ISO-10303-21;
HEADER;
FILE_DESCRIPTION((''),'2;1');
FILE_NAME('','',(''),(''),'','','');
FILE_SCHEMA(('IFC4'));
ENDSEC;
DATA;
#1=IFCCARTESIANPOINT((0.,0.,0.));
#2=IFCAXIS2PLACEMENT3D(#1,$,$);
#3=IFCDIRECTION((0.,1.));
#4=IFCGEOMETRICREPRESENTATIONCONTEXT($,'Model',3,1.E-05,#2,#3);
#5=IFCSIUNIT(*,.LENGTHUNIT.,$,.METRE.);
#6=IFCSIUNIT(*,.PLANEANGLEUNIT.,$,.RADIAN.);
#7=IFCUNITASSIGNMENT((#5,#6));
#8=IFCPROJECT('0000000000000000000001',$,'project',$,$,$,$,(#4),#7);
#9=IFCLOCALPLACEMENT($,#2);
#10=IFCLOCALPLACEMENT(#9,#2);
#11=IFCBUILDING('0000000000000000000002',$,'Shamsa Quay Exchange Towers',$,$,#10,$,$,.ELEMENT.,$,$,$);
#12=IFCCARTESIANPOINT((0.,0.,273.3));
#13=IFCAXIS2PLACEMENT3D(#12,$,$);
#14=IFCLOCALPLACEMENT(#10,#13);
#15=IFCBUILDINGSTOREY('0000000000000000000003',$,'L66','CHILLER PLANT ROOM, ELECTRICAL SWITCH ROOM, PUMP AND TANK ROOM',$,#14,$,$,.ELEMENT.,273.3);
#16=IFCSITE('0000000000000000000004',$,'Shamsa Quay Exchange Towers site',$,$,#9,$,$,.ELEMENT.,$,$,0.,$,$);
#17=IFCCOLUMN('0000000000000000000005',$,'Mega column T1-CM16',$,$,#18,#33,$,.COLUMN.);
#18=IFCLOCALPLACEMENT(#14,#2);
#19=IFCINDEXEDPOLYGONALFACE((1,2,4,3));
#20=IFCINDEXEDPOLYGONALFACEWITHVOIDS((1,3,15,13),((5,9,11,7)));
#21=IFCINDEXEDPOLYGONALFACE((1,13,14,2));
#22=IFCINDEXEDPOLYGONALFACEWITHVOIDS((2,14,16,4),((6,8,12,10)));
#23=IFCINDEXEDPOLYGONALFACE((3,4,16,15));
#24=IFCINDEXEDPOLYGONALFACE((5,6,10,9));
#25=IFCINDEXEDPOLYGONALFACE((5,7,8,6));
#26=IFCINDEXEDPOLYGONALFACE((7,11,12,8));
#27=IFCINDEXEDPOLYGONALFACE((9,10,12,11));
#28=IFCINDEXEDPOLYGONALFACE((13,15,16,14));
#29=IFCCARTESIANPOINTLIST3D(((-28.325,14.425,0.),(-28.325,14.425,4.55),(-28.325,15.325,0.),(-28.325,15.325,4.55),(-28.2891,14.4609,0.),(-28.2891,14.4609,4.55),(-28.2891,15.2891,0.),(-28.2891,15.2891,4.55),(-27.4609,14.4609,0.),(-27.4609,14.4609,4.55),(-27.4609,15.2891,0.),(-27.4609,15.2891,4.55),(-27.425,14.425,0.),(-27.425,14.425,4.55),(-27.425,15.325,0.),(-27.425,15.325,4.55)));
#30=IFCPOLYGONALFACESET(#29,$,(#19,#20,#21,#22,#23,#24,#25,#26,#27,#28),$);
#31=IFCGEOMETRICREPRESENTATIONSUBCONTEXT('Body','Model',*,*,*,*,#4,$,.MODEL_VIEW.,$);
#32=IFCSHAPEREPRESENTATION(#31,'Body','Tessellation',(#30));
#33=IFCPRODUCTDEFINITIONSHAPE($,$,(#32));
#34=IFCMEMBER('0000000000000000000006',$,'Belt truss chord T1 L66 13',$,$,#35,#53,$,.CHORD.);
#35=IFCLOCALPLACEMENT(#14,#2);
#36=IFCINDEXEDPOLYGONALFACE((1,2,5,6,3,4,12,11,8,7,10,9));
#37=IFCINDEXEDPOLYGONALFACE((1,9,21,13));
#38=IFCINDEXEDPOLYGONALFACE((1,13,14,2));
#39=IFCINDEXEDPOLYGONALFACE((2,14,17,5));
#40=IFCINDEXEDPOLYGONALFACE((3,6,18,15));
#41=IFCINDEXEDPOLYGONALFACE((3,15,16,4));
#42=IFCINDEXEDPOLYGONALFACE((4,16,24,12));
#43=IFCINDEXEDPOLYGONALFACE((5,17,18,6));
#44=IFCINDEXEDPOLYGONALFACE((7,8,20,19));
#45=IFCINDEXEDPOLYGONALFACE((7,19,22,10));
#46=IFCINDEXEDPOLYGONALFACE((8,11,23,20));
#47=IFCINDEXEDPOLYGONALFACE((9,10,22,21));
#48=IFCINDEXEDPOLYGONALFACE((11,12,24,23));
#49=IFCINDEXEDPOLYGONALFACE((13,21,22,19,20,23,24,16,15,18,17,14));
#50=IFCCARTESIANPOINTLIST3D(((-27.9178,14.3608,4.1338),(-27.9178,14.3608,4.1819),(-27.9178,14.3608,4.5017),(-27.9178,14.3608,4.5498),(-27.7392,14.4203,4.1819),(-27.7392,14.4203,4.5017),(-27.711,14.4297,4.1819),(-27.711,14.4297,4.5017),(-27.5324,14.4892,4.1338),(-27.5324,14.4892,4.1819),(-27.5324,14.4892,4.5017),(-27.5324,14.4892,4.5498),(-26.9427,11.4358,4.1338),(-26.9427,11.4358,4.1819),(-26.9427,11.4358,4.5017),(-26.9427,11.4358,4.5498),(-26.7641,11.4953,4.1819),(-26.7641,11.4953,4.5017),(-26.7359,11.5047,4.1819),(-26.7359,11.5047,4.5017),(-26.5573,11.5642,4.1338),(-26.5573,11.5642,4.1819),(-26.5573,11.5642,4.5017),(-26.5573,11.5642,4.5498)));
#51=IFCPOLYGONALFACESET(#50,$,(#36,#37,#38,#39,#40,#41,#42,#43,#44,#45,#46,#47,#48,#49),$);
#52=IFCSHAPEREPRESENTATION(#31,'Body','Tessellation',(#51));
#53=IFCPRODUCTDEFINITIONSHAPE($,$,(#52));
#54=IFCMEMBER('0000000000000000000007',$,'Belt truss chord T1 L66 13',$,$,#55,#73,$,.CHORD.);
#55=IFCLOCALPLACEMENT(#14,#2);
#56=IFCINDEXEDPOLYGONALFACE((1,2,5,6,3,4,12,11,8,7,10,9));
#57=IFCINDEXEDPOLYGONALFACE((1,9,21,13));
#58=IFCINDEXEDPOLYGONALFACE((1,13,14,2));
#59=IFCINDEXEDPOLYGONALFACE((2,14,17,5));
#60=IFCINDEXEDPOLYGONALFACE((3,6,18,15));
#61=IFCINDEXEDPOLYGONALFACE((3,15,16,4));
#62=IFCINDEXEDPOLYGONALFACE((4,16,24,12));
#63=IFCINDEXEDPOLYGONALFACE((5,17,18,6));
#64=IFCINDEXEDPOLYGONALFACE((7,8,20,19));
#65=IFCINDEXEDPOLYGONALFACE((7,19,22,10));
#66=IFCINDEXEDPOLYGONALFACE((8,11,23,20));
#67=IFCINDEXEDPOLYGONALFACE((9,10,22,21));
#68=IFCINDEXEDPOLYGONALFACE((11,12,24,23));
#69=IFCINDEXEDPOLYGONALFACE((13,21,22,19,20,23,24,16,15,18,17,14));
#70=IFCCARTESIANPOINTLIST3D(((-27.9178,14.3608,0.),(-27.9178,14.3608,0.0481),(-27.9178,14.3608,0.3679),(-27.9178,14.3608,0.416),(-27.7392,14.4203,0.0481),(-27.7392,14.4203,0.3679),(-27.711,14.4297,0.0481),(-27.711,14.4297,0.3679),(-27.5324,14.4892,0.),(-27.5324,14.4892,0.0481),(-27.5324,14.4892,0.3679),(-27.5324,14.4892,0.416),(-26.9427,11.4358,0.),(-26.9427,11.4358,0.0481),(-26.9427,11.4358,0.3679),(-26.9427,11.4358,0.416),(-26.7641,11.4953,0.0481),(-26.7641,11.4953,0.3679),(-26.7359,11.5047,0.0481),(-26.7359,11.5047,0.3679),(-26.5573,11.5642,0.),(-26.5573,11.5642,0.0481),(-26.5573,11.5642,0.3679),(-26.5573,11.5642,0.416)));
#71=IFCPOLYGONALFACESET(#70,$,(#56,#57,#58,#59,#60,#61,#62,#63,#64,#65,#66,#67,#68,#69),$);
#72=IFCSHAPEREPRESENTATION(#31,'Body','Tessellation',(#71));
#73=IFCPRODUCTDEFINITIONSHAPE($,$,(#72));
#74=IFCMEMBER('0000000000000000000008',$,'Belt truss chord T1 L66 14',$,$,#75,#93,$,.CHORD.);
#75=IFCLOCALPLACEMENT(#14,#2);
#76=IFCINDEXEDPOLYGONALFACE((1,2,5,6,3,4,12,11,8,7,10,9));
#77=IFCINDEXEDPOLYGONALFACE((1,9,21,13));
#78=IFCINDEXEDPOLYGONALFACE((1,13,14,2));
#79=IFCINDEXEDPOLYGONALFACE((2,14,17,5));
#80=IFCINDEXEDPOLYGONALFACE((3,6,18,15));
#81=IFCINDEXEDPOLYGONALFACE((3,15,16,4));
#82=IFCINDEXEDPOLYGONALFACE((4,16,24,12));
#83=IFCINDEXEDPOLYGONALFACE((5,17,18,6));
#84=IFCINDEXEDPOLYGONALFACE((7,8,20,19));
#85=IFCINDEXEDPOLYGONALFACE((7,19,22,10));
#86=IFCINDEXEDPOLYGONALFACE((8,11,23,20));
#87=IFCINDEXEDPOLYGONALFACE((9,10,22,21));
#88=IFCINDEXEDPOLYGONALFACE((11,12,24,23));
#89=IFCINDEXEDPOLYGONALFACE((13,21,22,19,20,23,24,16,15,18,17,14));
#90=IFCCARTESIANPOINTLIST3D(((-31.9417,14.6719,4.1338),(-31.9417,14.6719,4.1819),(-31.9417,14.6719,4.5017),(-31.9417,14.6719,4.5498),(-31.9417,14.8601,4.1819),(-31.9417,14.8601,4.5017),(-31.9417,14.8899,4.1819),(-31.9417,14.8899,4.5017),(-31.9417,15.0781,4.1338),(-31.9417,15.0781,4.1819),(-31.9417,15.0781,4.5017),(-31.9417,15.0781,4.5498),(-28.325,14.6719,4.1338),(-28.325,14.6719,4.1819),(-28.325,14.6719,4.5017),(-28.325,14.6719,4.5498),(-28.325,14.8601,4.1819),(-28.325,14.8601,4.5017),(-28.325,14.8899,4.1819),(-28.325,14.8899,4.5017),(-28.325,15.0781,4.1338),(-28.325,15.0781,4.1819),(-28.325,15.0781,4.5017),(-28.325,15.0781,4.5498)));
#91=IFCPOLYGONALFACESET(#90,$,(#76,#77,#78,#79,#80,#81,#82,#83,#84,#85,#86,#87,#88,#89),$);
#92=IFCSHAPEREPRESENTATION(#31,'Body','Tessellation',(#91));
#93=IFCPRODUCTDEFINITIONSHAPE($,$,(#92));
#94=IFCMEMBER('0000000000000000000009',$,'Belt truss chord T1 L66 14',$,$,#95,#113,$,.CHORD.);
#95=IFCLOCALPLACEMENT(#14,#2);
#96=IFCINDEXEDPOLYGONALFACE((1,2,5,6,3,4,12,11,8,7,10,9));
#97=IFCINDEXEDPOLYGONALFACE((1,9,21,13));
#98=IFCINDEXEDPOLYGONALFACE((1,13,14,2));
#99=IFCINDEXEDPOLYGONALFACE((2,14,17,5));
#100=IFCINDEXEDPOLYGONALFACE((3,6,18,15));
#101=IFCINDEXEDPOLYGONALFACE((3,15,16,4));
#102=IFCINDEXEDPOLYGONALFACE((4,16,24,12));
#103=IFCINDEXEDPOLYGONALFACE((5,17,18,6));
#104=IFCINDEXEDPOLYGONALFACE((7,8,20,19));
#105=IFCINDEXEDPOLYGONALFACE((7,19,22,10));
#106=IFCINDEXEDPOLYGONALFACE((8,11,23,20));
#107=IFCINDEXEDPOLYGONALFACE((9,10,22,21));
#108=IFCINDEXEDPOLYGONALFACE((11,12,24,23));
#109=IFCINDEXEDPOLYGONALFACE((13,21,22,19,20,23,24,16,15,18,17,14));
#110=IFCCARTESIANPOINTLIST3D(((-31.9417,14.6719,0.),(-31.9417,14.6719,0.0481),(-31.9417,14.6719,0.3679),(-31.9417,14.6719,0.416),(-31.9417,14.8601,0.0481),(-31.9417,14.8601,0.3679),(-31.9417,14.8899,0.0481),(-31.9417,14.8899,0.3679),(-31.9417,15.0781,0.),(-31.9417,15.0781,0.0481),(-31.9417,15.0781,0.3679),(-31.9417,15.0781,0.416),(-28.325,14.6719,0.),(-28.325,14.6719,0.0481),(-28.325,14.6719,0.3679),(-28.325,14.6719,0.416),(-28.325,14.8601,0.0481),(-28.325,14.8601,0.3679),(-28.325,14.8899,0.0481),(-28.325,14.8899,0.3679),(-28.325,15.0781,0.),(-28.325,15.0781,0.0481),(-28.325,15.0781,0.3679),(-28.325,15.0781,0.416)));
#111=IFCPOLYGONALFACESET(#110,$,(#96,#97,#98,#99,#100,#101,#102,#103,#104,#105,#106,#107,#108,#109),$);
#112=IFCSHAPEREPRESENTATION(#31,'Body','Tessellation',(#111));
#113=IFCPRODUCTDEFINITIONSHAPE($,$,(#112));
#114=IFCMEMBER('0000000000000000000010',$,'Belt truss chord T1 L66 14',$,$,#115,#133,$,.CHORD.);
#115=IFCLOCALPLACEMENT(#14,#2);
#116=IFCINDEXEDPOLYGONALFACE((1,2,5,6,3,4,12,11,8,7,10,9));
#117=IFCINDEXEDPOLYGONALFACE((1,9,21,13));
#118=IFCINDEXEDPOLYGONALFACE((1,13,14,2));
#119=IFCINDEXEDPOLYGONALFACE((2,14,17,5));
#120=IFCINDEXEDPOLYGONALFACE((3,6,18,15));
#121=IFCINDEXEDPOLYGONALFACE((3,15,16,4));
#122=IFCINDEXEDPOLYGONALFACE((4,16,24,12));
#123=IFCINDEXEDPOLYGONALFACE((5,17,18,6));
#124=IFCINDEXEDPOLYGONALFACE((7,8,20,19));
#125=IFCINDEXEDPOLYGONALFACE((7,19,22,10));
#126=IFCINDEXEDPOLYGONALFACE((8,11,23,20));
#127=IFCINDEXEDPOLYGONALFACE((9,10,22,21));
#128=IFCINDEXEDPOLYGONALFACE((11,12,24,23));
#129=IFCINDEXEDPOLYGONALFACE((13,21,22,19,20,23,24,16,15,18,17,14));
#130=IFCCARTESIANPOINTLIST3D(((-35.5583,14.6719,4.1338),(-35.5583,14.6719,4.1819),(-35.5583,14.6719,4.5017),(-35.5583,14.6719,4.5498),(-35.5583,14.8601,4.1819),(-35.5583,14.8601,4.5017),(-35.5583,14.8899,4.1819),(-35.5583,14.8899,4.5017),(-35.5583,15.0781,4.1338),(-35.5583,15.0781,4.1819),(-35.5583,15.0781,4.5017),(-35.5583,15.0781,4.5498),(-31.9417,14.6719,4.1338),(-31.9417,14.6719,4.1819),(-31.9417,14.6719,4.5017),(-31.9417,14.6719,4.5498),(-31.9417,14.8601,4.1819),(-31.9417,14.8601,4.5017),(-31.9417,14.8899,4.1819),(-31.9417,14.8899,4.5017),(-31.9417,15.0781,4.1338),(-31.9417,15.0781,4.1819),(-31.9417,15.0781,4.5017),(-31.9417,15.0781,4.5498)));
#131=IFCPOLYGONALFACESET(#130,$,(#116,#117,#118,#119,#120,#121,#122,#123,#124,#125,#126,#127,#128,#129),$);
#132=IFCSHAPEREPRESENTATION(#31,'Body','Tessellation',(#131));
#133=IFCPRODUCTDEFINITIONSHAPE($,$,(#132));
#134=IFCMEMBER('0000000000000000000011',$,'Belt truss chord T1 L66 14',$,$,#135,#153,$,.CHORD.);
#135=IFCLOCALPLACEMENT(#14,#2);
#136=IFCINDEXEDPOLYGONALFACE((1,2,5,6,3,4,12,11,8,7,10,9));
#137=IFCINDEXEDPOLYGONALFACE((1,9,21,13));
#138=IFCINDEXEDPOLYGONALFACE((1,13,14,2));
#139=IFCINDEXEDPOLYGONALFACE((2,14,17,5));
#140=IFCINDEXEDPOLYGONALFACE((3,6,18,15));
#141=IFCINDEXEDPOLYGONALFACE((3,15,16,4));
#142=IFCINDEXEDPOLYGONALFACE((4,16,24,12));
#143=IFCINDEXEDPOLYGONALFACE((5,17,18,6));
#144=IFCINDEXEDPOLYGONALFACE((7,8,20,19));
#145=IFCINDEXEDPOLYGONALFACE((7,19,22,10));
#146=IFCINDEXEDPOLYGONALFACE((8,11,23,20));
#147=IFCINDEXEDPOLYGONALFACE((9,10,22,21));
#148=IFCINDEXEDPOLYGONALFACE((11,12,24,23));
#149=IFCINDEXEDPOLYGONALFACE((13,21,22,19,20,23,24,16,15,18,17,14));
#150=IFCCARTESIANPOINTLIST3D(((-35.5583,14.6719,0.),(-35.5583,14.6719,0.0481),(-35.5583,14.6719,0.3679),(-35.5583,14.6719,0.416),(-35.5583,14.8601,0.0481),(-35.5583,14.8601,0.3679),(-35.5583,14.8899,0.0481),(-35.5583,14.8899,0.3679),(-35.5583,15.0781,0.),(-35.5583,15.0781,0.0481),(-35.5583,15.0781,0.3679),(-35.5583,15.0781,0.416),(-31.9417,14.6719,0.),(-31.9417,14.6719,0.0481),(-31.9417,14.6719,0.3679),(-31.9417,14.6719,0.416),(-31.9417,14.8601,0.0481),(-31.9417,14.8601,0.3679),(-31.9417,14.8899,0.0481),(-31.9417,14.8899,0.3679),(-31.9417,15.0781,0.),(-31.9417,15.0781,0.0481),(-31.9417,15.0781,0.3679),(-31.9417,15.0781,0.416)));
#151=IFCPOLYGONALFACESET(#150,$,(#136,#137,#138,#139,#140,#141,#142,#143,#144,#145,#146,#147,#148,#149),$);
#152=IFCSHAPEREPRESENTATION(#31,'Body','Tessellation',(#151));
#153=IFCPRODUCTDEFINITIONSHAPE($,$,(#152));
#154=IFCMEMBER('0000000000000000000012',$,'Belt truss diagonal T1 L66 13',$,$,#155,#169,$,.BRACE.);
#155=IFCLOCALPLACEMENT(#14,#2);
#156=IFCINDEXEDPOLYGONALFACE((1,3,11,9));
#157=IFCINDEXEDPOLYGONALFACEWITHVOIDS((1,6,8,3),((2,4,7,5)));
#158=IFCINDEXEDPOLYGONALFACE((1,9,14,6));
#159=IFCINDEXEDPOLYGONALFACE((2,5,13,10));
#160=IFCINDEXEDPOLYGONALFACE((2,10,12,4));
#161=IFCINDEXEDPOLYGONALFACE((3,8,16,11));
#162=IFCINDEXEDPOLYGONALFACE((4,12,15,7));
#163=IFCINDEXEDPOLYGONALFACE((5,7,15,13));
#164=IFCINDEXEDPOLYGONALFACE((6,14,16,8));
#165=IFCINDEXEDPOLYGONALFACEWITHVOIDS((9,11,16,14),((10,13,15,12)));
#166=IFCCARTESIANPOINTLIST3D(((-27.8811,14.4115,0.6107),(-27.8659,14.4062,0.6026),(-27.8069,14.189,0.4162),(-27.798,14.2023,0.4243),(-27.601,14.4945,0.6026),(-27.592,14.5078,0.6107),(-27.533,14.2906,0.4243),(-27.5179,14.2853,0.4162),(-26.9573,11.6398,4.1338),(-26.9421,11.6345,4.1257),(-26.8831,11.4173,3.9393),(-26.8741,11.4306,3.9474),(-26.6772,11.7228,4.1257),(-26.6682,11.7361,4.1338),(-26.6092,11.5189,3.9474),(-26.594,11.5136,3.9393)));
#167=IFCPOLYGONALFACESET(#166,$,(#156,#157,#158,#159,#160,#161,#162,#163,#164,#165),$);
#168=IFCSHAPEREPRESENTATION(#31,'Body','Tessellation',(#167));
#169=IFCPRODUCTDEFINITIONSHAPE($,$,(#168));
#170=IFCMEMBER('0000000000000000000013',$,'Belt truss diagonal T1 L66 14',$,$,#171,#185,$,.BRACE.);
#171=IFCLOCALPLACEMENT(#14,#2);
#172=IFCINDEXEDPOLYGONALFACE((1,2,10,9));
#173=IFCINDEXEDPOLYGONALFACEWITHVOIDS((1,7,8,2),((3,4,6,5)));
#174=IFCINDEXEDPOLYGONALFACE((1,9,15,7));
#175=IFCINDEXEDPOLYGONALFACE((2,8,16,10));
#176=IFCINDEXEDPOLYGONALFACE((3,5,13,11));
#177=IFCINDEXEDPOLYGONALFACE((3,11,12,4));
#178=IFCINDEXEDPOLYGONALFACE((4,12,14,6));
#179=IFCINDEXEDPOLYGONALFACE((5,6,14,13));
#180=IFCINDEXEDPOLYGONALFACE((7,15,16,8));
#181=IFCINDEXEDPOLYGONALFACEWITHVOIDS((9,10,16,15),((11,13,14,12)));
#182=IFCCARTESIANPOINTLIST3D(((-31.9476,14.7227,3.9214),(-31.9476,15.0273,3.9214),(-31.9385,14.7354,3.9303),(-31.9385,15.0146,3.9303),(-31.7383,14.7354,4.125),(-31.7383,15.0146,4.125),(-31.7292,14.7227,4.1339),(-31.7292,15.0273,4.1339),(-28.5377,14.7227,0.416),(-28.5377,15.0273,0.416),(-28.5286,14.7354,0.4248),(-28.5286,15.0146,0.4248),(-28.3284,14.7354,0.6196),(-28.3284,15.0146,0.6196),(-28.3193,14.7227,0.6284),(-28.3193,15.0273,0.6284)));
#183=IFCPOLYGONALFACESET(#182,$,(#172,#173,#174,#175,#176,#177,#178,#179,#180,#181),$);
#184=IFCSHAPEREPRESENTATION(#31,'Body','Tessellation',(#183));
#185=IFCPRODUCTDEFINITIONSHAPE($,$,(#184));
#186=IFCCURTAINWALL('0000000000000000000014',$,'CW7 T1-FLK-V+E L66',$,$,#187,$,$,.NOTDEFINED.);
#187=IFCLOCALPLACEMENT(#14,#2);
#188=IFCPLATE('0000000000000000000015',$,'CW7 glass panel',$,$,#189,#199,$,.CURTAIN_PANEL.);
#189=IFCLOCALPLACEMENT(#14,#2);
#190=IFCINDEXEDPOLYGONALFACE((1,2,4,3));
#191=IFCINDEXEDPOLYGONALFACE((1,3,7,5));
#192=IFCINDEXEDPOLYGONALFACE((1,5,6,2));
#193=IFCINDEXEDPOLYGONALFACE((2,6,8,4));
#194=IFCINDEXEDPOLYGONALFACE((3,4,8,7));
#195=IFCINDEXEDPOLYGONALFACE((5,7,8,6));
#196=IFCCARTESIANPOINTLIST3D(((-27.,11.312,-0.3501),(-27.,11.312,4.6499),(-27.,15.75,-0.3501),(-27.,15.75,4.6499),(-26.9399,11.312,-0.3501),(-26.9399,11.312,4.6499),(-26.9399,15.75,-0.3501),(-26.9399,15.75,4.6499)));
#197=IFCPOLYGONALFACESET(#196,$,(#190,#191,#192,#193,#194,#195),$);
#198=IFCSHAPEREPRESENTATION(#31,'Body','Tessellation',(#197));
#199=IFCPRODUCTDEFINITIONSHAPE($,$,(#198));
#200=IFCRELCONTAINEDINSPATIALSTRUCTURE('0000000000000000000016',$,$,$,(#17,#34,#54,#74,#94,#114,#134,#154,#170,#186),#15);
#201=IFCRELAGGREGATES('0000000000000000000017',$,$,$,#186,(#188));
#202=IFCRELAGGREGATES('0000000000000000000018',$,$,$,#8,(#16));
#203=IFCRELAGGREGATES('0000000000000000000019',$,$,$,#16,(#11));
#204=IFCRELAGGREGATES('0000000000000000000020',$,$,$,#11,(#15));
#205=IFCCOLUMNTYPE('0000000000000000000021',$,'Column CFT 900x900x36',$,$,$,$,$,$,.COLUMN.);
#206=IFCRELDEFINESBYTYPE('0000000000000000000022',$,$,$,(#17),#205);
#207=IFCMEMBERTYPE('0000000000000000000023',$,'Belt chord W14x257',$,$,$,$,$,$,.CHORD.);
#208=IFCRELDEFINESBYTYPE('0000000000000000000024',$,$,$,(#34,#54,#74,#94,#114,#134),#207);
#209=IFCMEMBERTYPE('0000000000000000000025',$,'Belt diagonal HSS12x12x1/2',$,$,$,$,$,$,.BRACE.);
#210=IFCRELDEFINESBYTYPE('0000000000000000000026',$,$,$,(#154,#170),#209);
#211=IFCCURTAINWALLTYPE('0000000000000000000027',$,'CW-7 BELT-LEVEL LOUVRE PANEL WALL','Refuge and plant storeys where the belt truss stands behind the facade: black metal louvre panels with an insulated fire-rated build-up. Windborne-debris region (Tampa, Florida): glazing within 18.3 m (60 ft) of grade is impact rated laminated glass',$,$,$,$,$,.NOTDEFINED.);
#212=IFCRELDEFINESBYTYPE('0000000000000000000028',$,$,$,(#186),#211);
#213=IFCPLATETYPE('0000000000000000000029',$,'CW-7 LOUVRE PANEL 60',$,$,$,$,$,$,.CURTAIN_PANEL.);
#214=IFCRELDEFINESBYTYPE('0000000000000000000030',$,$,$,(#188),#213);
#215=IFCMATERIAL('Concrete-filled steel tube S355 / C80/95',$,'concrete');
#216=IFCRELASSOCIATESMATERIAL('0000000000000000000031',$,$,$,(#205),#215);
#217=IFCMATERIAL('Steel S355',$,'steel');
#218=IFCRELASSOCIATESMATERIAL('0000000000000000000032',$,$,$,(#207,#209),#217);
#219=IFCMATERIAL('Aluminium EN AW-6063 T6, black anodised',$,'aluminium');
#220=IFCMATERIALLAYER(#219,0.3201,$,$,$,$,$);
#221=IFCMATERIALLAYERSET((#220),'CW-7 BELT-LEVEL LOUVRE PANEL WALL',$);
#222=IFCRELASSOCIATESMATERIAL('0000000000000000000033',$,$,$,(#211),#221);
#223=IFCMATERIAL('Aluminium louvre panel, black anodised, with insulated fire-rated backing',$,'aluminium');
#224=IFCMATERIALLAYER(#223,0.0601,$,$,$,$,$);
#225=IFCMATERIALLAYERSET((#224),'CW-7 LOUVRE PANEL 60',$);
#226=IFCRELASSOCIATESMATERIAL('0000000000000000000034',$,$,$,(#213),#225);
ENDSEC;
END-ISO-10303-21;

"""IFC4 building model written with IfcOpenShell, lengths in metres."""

from ifc_helpers import new_model, si_unit, direction, frame, origin, origin_2d, place, context, subcontext, project, spatial, rectangle, hollow_rectangle, i_section, extrude, material, layer, layer_set, material_profile, profile_set, type_object, element, aggregate, save


model = new_model("IFC4")

# Units and contexts
model_context = context("Model", 3, precision=1e-05, world=origin(), true_north=direction((0.0, 1.0)))
body_context = subcontext(model_context, "Body", "Model", "MODEL_VIEW")
ifc_project = project(units=[si_unit("LENGTHUNIT", "METRE"), si_unit("PLANEANGLEUNIT", "RADIAN")], contexts=[model_context])

# Site, building, storey
site_placement = place(None, origin())
site = spatial("IfcSite", under=ifc_project, at=site_placement, Name="Shamsa Quay Exchange Towers site", CompositionType="ELEMENT", RefElevation=0.0)
building_placement = place(site_placement, origin())
building = spatial("IfcBuilding", under=site, at=building_placement, Name="Shamsa Quay Exchange Towers", CompositionType="ELEMENT")
storey_placement = place(building_placement, frame((0.0, 0.0, 273.3)))
storey = spatial("IfcBuildingStorey", under=building, at=storey_placement, Name="L66", Description="CHILLER PLANT ROOM, ELECTRICAL SWITCH ROOM, PUMP AND TANK ROOM", CompositionType="ELEMENT", Elevation=273.3)

# Column
ifc_material_1 = material(Name="Concrete-filled steel tube S355 / C80/95", Category="concrete")
ifc_material_profile_1 = material_profile(ifc_material_1, hollow_rectangle(XDim=0.8999, YDim=0.8999, WallThickness=0.0359, at=origin_2d()), Name="CFT 900x900x36")
ifc_profile_set_1 = profile_set([ifc_material_profile_1], Name="Concrete-filled steel tube S355 / C80/95")
column_type = type_object("IfcColumnType", Name="Column CFT 900x900x36", PredefinedType="COLUMN", material=ifc_profile_set_1)
column_placement = place(storey_placement, frame((-27.875, 14.875, 0.0)))
element("IfcColumn", 1, at=column_placement, inside=storey, type_object=column_type, Name="Mega column T1-CM16", PredefinedType="COLUMN", context=body_context, shape_type="SweptSolid", body=[
    extrude(hollow_rectangle(XDim=0.8999, YDim=0.8999, WallThickness=0.0359, at=origin_2d()), origin(), (0.0, 0.0, 1.0), 4.55),
])

# Members
ifc_material_2 = material(Name="Steel S355", Category="steel")
ifc_material_profile_2 = material_profile(ifc_material_2, i_section(OverallWidth=0.4062, OverallDepth=0.416, WebThickness=0.0298, FlangeThickness=0.0481, at=origin_2d()), Name="W14x257")
ifc_profile_set_2 = profile_set([ifc_material_profile_2], Name="Steel S355")
member_type_1 = type_object("IfcMemberType", Name="Belt chord W14x257", PredefinedType="CHORD", material=ifc_profile_set_2)
for number, where, z_axis, x_axis, name in (
    (2, (-26.75, 11.5, 4.3418), (-0.316252, 0.948675, 0.0), (-0.948675, -0.316252, 0.0), "Belt truss chord T1 L66 13"),
    (3, (-26.75, 11.5, 0.208), (-0.316252, 0.948675, 0.0), (-0.948675, -0.316252, 0.0), "Belt truss chord T1 L66 13"),
):
    element("IfcMember", number, at=place(storey_placement, frame(where, z_axis=z_axis, x_axis=x_axis)), inside=storey, type_object=member_type_1, Name=name, PredefinedType="CHORD", context=body_context, shape_type="SweptSolid", body=[
        extrude(i_section(OverallWidth=0.4062, OverallDepth=0.416, WebThickness=0.0298, FlangeThickness=0.0481, at=origin_2d()), origin(), (0.0, 0.0, 1.0), 3.0833),
    ])
for number, where, z_axis, x_axis, name in (
    (4, (-28.325, 14.875, 4.3418), (-1.0, 0.0, 0.0), (0.0, -1.0, 0.0), "Belt truss chord T1 L66 14"),
    (5, (-28.325, 14.875, 0.208), (-1.0, 0.0, 0.0), (0.0, -1.0, 0.0), "Belt truss chord T1 L66 14"),
    (6, (-31.9417, 14.875, 4.3418), (-1.0, 0.0, 0.0), (0.0, -1.0, 0.0), "Belt truss chord T1 L66 14"),
    (7, (-31.9417, 14.875, 0.208), (-1.0, 0.0, 0.0), (0.0, -1.0, 0.0), "Belt truss chord T1 L66 14"),
):
    element("IfcMember", number, at=place(storey_placement, frame(where, z_axis=z_axis, x_axis=x_axis)), inside=storey, type_object=member_type_1, Name=name, PredefinedType="CHORD", context=body_context, shape_type="SweptSolid", body=[
        extrude(i_section(OverallWidth=0.4062, OverallDepth=0.416, WebThickness=0.0298, FlangeThickness=0.0481, at=origin_2d()), origin(), (0.0, 0.0, 1.0), 3.6167),
    ])
ifc_material_profile_3 = material_profile(ifc_material_2, hollow_rectangle(XDim=0.3047, YDim=0.3047, WallThickness=0.0127, at=origin_2d()), Name="HSS12x12x1/2")
ifc_profile_set_3 = profile_set([ifc_material_profile_3], Name="Steel S355")
member_type_2 = type_object("IfcMemberType", Name="Belt diagonal HSS12x12x1/2", PredefinedType="BRACE", material=ifc_profile_set_3)
member_1_placement = place(storey_placement, frame((-27.6995, 14.3484, 0.5134), z_axis=(0.201842, -0.605579, 0.769762), x_axis=(0.948692, 0.316203, 0.0)))
element("IfcMember", 8, at=member_1_placement, inside=storey, type_object=member_type_2, Name="Belt truss diagonal T1 L66 13", PredefinedType="BRACE", context=body_context, shape_type="SweptSolid", body=[
    extrude(hollow_rectangle(XDim=0.3047, YDim=0.3047, WallThickness=0.0127, at=origin_2d()), origin(), (0.0, 0.0, 1.0), 4.5769),
])
member_2_placement = place(storey_placement, frame((-28.4285, 14.875, 0.5222), z_axis=(-0.697279, 0.0, 0.716799), x_axis=(0.0, -1.0, 0.0)))
element("IfcMember", 9, at=member_2_placement, inside=storey, type_object=member_type_2, Name="Belt truss diagonal T1 L66 14", PredefinedType="BRACE", context=body_context, shape_type="SweptSolid", body=[
    extrude(hollow_rectangle(XDim=0.3047, YDim=0.3047, WallThickness=0.0127, at=origin_2d()), origin(), (0.0, 0.0, 1.0), 4.8904),
])

# Curtain wall, plate
ifc_material_3 = material(Name="Aluminium EN AW-6063 T6, black anodised", Category="aluminium")
ifc_layer_1 = layer(ifc_material_3, 0.3201)
ifc_layer_set_1 = layer_set([ifc_layer_1], Name="CW-7 BELT-LEVEL LOUVRE PANEL WALL")
curtain_wall_type = type_object("IfcCurtainWallType", Name="CW-7 BELT-LEVEL LOUVRE PANEL WALL", Description="Refuge and plant storeys where the belt truss stands behind the facade: black metal louvre panels with an insulated fire-rated build-up. Windborne-debris region (Tampa, Florida): glazing within 18.3 m (60 ft) of grade is impact rated laminated glass", PredefinedType="NOTDEFINED", material=ifc_layer_set_1)
curtain_wall_1_placement = place(storey_placement, origin())
curtain_wall_1 = element("IfcCurtainWall", 10, at=curtain_wall_1_placement, inside=storey, type_object=curtain_wall_type, Name="CW7 T1-FLK-V+E L66", PredefinedType="NOTDEFINED")
ifc_material_4 = material(Name="Aluminium louvre panel, black anodised, with insulated fire-rated backing", Category="aluminium")
ifc_layer_2 = layer(ifc_material_4, 0.0601)
ifc_layer_set_2 = layer_set([ifc_layer_2], Name="CW-7 LOUVRE PANEL 60")
plate_type = type_object("IfcPlateType", Name="CW-7 LOUVRE PANEL 60", PredefinedType="CURTAIN_PANEL", material=ifc_layer_set_2)
plate_1_placement = place(storey_placement, frame((-26.97, 13.531, -0.3501), z_axis=(0.0, 0.0, 1.0), x_axis=(0.0, 1.0, 0.0)))
plate_1 = element("IfcPlate", 11, at=plate_1_placement, type_object=plate_type, Name="CW7 glass panel", PredefinedType="CURTAIN_PANEL", context=body_context, shape_type="SweptSolid", body=[
    extrude(rectangle(XDim=4.438, YDim=0.0601, at=origin_2d()), origin(), (0.0, 0.0, 1.0), 5.0),
])
aggregate(curtain_wall_1, [plate_1])

save(model, "model.ifc")
